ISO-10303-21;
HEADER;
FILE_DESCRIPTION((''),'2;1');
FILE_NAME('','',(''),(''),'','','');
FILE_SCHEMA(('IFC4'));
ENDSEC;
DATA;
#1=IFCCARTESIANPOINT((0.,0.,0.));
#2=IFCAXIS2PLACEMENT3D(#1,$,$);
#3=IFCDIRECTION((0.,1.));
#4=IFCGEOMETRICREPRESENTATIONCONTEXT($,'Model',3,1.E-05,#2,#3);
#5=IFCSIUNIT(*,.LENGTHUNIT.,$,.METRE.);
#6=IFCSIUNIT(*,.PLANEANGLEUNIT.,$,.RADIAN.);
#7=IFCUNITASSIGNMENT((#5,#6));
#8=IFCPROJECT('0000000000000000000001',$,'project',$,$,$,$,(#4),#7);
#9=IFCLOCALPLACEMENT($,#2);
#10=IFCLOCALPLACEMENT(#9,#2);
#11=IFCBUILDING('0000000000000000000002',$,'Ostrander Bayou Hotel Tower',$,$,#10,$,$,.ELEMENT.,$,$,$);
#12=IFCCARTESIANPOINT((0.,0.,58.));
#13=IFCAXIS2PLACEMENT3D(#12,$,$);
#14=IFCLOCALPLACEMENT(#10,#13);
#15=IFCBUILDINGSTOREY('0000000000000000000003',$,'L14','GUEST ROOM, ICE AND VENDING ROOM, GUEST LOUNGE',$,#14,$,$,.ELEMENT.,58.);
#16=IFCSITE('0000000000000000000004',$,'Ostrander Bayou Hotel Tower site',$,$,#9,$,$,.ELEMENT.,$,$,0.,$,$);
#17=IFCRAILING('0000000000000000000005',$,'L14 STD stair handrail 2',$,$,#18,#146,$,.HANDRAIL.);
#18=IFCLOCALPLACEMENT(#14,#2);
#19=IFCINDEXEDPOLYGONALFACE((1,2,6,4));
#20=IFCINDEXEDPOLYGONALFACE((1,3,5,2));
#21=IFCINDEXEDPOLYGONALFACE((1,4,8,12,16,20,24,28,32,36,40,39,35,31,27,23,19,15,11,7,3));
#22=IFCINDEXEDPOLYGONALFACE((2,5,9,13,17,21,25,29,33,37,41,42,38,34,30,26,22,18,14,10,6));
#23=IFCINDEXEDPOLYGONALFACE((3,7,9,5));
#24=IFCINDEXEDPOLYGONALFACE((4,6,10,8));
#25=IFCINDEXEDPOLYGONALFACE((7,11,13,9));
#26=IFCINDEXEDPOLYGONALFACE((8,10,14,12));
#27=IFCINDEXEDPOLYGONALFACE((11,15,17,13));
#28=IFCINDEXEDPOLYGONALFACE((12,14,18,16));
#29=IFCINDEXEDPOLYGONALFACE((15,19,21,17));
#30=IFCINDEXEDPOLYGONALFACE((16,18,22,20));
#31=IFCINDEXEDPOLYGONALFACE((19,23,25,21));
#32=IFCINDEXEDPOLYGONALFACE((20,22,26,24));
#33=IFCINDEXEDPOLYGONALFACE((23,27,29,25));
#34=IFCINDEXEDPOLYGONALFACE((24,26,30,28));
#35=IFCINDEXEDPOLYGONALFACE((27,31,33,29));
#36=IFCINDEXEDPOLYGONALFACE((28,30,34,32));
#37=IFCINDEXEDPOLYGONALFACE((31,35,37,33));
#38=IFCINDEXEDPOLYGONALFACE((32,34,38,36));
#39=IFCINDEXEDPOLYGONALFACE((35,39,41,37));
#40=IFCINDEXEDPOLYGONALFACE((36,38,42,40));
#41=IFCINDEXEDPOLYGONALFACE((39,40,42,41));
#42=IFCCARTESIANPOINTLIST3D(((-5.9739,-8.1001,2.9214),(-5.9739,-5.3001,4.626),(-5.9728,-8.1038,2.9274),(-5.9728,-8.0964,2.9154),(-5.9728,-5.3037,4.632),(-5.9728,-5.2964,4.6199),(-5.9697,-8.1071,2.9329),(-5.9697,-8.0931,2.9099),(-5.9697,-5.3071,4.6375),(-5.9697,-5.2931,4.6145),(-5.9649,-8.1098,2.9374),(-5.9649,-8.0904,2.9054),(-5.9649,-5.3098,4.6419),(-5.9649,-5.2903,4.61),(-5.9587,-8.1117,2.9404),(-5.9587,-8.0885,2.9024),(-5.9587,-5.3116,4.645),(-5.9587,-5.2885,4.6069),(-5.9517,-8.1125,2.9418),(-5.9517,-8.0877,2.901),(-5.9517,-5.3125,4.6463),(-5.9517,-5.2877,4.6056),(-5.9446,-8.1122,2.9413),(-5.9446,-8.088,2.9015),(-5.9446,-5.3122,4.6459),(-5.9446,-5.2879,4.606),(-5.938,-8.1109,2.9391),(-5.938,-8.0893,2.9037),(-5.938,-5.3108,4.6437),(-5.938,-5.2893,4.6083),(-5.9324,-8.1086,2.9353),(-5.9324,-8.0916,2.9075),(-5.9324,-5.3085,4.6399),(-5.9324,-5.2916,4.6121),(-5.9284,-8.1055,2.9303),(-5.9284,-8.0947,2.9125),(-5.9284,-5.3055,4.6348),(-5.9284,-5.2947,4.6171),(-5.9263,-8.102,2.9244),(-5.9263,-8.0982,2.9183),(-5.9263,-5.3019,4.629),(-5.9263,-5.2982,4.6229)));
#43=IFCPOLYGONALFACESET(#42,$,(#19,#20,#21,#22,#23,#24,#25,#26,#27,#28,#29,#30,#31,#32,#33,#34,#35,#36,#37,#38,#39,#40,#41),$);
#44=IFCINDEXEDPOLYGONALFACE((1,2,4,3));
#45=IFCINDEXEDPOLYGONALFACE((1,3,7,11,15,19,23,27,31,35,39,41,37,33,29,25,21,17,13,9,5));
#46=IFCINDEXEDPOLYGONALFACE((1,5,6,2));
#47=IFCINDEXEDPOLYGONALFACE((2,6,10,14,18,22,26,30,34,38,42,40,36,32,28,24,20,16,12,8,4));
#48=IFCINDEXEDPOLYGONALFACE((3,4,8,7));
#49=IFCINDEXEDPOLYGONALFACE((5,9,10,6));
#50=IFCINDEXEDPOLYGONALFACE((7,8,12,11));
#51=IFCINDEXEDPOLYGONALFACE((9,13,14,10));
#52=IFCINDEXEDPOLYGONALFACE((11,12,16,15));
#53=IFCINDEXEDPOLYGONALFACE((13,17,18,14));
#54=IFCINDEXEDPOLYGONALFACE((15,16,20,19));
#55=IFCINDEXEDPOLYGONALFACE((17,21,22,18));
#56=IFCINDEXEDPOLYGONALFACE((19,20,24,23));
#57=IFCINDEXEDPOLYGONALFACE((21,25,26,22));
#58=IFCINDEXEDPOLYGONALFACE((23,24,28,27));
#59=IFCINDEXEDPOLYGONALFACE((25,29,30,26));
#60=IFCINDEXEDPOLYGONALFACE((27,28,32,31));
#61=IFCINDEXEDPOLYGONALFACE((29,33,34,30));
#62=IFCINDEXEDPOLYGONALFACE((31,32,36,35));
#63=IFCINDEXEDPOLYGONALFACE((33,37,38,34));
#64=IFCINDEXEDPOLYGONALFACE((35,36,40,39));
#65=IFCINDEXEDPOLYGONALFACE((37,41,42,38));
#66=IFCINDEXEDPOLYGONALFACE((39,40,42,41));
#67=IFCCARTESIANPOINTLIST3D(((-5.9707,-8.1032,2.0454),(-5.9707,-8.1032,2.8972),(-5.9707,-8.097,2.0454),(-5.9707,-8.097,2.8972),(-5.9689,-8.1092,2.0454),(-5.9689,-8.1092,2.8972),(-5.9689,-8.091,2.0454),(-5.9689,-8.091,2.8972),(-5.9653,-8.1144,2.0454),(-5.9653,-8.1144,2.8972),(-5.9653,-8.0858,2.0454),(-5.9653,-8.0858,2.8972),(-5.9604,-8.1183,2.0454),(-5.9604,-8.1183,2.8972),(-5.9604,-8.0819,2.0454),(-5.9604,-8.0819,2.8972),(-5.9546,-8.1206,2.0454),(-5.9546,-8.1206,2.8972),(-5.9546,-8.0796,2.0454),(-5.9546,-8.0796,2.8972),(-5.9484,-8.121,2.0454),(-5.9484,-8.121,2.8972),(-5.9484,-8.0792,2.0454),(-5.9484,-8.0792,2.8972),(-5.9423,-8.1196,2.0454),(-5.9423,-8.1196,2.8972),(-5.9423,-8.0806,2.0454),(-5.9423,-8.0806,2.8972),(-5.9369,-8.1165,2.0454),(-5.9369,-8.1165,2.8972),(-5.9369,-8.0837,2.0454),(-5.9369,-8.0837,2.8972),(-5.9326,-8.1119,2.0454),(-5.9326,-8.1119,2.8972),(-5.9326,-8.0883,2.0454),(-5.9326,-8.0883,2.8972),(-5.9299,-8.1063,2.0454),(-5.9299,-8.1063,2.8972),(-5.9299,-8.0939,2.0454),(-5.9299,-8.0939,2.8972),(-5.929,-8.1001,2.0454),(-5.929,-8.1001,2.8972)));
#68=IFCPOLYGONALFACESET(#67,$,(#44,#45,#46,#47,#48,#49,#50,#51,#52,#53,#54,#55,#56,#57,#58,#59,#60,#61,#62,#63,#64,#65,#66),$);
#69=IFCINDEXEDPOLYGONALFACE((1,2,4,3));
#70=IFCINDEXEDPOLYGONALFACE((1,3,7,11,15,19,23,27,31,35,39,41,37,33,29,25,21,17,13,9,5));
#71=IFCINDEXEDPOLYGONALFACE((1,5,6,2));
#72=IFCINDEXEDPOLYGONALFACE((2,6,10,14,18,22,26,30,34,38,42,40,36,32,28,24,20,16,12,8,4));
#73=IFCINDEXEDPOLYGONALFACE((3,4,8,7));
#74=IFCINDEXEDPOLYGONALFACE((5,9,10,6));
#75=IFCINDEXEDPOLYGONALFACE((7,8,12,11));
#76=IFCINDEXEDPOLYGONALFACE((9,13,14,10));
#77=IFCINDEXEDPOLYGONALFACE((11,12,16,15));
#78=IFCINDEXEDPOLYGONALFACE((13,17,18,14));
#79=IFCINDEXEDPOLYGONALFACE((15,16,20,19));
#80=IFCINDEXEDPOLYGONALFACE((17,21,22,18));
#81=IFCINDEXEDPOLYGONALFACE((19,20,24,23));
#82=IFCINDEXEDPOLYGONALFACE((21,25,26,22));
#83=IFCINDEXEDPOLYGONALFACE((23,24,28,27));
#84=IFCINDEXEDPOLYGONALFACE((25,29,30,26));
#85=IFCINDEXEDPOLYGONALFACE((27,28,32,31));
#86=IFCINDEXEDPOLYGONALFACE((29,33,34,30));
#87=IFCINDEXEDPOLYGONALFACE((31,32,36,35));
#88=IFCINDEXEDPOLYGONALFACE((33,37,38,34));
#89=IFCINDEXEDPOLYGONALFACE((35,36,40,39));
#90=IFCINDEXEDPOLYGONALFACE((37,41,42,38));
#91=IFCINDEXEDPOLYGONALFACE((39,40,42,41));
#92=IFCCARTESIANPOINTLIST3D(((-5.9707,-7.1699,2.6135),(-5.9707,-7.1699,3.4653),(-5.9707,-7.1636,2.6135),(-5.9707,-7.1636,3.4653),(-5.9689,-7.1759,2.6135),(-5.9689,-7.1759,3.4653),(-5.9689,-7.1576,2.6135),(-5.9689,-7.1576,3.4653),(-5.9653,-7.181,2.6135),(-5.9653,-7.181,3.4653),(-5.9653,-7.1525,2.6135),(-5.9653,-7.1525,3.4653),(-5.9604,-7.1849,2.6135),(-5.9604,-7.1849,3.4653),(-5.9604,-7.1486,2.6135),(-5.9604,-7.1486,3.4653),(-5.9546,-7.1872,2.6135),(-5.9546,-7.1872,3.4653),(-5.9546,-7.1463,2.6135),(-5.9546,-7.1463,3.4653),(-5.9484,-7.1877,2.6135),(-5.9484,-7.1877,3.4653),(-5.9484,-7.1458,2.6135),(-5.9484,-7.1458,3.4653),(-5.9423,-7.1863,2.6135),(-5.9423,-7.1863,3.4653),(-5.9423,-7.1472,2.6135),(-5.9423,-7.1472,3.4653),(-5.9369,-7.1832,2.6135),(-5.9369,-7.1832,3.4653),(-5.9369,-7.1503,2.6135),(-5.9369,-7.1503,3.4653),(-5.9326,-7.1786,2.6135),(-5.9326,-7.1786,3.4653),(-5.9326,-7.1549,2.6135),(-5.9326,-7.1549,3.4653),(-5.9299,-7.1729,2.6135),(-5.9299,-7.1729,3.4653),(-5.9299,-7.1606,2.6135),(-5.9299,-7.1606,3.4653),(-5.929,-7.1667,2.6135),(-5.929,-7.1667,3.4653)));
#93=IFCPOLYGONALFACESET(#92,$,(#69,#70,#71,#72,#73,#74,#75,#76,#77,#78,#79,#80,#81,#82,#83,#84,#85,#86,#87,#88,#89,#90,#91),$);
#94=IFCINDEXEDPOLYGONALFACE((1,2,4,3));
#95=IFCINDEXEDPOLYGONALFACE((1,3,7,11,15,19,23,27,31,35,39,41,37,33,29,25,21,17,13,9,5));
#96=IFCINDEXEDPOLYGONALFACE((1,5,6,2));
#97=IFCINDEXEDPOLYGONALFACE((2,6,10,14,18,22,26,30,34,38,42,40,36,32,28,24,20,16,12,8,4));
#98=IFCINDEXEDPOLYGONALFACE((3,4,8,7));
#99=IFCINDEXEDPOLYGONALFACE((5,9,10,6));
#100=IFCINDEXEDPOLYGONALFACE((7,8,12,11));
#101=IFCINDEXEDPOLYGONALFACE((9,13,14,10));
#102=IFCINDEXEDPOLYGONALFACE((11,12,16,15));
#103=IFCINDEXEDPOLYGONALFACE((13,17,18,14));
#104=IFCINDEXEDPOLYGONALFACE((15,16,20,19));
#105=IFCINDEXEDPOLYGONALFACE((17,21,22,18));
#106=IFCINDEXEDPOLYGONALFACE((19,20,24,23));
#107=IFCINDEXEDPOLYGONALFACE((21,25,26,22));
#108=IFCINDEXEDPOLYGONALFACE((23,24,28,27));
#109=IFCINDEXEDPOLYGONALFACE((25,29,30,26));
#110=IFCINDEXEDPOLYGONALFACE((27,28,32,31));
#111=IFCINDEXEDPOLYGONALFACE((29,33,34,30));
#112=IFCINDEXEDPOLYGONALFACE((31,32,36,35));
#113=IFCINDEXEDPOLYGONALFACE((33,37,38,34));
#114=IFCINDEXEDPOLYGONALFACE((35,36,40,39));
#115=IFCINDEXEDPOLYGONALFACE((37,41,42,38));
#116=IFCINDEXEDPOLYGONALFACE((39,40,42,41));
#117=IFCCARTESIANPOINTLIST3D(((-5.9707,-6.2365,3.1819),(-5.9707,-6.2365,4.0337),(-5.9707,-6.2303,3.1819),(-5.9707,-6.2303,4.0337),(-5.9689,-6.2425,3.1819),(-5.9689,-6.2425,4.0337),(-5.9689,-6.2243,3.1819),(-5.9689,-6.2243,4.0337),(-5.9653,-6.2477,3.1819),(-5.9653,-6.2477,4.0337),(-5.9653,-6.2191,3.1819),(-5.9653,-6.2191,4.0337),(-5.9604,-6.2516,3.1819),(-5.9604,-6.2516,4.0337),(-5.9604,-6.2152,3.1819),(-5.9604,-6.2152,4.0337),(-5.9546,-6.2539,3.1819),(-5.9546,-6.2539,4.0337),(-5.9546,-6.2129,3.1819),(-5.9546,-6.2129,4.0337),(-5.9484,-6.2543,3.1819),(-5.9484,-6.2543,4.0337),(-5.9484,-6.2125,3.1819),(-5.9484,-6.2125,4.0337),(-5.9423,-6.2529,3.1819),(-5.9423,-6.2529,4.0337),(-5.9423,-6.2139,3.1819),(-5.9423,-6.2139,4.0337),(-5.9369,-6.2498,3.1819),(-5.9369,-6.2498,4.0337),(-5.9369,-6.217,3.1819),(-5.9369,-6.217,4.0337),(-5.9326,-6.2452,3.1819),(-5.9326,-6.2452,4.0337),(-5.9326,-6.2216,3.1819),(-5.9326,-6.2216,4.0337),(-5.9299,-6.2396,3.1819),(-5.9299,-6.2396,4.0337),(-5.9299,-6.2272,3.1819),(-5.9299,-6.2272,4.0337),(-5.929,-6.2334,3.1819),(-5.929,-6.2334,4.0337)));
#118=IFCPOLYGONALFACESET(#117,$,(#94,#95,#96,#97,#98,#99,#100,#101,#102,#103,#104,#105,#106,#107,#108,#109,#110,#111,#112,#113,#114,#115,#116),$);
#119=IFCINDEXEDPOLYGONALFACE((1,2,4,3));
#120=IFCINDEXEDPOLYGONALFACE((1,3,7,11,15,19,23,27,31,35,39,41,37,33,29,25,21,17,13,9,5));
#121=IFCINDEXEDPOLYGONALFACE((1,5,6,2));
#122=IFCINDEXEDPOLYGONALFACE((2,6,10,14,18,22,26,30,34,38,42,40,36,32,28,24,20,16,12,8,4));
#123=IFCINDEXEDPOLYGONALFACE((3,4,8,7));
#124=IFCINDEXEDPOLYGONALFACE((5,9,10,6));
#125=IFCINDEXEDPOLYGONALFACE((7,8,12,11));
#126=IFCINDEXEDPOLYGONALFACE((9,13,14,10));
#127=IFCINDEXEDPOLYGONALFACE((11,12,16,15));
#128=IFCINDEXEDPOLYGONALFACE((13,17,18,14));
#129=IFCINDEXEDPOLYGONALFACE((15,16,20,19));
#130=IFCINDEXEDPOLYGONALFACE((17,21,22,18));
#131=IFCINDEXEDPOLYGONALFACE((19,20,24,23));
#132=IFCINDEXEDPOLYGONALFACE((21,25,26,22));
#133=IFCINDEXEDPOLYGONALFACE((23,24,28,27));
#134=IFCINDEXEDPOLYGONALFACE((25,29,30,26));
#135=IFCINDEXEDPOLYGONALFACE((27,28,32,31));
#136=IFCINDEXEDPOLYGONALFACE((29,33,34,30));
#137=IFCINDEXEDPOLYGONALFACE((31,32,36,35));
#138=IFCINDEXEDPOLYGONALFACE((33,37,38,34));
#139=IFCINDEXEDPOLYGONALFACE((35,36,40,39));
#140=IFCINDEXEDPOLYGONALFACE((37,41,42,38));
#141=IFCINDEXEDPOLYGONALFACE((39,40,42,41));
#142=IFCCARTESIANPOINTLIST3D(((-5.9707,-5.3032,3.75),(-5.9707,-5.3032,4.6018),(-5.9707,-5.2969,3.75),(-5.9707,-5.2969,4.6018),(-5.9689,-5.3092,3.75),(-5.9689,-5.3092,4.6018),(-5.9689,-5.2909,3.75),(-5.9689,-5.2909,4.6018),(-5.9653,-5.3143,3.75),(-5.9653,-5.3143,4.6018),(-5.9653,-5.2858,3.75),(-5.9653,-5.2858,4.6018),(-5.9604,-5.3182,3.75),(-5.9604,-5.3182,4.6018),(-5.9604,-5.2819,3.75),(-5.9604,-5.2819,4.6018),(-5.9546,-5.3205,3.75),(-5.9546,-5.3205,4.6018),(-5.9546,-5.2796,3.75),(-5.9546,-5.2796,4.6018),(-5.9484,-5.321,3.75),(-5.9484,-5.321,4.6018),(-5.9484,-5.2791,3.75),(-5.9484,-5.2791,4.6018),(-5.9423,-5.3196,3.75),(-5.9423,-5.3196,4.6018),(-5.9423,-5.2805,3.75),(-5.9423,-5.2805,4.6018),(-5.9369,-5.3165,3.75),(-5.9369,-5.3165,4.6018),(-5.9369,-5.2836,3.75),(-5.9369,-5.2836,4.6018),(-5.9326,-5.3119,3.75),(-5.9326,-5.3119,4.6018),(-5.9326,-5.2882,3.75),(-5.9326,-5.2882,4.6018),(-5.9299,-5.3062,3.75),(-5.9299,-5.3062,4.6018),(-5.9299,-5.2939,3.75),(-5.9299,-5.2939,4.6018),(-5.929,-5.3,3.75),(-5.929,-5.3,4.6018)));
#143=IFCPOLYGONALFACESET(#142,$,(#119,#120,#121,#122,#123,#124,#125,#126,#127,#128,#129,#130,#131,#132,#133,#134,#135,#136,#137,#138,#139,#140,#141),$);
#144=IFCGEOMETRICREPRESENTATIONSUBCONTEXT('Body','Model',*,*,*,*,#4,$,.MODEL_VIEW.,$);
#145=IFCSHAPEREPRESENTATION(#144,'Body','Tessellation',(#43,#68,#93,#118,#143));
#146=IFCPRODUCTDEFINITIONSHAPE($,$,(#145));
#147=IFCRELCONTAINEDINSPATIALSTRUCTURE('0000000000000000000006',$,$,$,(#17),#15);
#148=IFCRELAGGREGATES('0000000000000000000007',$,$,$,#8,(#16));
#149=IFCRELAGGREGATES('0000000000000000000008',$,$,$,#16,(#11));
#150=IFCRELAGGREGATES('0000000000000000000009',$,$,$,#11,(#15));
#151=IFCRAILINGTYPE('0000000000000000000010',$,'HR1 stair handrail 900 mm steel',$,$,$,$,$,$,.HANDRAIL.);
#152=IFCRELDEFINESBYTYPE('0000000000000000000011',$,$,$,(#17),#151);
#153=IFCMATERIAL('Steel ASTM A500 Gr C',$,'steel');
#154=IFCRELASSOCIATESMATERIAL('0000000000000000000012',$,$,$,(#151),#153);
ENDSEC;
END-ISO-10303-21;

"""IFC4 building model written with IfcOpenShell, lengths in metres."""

from ifc_helpers import new_model, si_unit, direction, frame, origin, origin_2d, place, context, subcontext, project, spatial, circle, extrude, material, type_object, element, save


model = new_model("IFC4")

# Units and contexts
model_context = context("Model", 3, precision=1e-05, world=origin(), true_north=direction((0.0, 1.0)))
body_context = subcontext(model_context, "Body", "Model", "MODEL_VIEW")
ifc_project = project(units=[si_unit("LENGTHUNIT", "METRE"), si_unit("PLANEANGLEUNIT", "RADIAN")], contexts=[model_context])

# Site, building, storey
site_placement = place(None, origin())
site = spatial("IfcSite", under=ifc_project, at=site_placement, Name="Ostrander Bayou Hotel Tower site", CompositionType="ELEMENT", RefElevation=0.0)
building_placement = place(site_placement, origin())
building = spatial("IfcBuilding", under=site, at=building_placement, Name="Ostrander Bayou Hotel Tower", CompositionType="ELEMENT")
storey_placement = place(building_placement, frame((0.0, 0.0, 58.0)))
storey = spatial("IfcBuildingStorey", under=building, at=storey_placement, Name="L14", Description="GUEST ROOM, ICE AND VENDING ROOM, GUEST LOUNGE", CompositionType="ELEMENT", Elevation=58.0)

# Railing
ifc_material_1 = material(Name="Steel ASTM A500 Gr C", Category="steel")
railing_type_1 = type_object("IfcRailingType", Name="HR1 stair handrail 900 mm steel", PredefinedType="HANDRAIL", material=ifc_material_1)
railing_1_placement = place(storey_placement, frame((-5.95, -8.1001, 2.0454)))
element("IfcRailing", 1, at=railing_1_placement, inside=storey, type_object=railing_type_1, Name="L14 STD stair handrail 2", PredefinedType="HANDRAIL", context=body_context, shape_type="SweptSolid", body=[
    extrude(circle(Radius=0.0239, at=origin_2d()), frame((0.0, 0.0, 0.876), z_axis=(0.0, 0.85417, 0.519994), x_axis=(-1.0, 0.0, 0.0)), (0.0, 0.0, 1.0), 3.2781),
    extrude(circle(Radius=0.021, at=origin_2d()), origin(), (0.0, 0.0, 1.0), 0.8518),
    extrude(circle(Radius=0.021, at=origin_2d()), frame((0.0, 0.9333, 0.5681)), (0.0, 0.0, 1.0), 0.8518),
    extrude(circle(Radius=0.021, at=origin_2d()), frame((0.0, 1.8667, 1.1365)), (0.0, 0.0, 1.0), 0.8518),
    extrude(circle(Radius=0.021, at=origin_2d()), frame((0.0, 2.8, 1.7046)), (0.0, 0.0, 1.0), 0.8518),
])

save(model, "model.ifc")
